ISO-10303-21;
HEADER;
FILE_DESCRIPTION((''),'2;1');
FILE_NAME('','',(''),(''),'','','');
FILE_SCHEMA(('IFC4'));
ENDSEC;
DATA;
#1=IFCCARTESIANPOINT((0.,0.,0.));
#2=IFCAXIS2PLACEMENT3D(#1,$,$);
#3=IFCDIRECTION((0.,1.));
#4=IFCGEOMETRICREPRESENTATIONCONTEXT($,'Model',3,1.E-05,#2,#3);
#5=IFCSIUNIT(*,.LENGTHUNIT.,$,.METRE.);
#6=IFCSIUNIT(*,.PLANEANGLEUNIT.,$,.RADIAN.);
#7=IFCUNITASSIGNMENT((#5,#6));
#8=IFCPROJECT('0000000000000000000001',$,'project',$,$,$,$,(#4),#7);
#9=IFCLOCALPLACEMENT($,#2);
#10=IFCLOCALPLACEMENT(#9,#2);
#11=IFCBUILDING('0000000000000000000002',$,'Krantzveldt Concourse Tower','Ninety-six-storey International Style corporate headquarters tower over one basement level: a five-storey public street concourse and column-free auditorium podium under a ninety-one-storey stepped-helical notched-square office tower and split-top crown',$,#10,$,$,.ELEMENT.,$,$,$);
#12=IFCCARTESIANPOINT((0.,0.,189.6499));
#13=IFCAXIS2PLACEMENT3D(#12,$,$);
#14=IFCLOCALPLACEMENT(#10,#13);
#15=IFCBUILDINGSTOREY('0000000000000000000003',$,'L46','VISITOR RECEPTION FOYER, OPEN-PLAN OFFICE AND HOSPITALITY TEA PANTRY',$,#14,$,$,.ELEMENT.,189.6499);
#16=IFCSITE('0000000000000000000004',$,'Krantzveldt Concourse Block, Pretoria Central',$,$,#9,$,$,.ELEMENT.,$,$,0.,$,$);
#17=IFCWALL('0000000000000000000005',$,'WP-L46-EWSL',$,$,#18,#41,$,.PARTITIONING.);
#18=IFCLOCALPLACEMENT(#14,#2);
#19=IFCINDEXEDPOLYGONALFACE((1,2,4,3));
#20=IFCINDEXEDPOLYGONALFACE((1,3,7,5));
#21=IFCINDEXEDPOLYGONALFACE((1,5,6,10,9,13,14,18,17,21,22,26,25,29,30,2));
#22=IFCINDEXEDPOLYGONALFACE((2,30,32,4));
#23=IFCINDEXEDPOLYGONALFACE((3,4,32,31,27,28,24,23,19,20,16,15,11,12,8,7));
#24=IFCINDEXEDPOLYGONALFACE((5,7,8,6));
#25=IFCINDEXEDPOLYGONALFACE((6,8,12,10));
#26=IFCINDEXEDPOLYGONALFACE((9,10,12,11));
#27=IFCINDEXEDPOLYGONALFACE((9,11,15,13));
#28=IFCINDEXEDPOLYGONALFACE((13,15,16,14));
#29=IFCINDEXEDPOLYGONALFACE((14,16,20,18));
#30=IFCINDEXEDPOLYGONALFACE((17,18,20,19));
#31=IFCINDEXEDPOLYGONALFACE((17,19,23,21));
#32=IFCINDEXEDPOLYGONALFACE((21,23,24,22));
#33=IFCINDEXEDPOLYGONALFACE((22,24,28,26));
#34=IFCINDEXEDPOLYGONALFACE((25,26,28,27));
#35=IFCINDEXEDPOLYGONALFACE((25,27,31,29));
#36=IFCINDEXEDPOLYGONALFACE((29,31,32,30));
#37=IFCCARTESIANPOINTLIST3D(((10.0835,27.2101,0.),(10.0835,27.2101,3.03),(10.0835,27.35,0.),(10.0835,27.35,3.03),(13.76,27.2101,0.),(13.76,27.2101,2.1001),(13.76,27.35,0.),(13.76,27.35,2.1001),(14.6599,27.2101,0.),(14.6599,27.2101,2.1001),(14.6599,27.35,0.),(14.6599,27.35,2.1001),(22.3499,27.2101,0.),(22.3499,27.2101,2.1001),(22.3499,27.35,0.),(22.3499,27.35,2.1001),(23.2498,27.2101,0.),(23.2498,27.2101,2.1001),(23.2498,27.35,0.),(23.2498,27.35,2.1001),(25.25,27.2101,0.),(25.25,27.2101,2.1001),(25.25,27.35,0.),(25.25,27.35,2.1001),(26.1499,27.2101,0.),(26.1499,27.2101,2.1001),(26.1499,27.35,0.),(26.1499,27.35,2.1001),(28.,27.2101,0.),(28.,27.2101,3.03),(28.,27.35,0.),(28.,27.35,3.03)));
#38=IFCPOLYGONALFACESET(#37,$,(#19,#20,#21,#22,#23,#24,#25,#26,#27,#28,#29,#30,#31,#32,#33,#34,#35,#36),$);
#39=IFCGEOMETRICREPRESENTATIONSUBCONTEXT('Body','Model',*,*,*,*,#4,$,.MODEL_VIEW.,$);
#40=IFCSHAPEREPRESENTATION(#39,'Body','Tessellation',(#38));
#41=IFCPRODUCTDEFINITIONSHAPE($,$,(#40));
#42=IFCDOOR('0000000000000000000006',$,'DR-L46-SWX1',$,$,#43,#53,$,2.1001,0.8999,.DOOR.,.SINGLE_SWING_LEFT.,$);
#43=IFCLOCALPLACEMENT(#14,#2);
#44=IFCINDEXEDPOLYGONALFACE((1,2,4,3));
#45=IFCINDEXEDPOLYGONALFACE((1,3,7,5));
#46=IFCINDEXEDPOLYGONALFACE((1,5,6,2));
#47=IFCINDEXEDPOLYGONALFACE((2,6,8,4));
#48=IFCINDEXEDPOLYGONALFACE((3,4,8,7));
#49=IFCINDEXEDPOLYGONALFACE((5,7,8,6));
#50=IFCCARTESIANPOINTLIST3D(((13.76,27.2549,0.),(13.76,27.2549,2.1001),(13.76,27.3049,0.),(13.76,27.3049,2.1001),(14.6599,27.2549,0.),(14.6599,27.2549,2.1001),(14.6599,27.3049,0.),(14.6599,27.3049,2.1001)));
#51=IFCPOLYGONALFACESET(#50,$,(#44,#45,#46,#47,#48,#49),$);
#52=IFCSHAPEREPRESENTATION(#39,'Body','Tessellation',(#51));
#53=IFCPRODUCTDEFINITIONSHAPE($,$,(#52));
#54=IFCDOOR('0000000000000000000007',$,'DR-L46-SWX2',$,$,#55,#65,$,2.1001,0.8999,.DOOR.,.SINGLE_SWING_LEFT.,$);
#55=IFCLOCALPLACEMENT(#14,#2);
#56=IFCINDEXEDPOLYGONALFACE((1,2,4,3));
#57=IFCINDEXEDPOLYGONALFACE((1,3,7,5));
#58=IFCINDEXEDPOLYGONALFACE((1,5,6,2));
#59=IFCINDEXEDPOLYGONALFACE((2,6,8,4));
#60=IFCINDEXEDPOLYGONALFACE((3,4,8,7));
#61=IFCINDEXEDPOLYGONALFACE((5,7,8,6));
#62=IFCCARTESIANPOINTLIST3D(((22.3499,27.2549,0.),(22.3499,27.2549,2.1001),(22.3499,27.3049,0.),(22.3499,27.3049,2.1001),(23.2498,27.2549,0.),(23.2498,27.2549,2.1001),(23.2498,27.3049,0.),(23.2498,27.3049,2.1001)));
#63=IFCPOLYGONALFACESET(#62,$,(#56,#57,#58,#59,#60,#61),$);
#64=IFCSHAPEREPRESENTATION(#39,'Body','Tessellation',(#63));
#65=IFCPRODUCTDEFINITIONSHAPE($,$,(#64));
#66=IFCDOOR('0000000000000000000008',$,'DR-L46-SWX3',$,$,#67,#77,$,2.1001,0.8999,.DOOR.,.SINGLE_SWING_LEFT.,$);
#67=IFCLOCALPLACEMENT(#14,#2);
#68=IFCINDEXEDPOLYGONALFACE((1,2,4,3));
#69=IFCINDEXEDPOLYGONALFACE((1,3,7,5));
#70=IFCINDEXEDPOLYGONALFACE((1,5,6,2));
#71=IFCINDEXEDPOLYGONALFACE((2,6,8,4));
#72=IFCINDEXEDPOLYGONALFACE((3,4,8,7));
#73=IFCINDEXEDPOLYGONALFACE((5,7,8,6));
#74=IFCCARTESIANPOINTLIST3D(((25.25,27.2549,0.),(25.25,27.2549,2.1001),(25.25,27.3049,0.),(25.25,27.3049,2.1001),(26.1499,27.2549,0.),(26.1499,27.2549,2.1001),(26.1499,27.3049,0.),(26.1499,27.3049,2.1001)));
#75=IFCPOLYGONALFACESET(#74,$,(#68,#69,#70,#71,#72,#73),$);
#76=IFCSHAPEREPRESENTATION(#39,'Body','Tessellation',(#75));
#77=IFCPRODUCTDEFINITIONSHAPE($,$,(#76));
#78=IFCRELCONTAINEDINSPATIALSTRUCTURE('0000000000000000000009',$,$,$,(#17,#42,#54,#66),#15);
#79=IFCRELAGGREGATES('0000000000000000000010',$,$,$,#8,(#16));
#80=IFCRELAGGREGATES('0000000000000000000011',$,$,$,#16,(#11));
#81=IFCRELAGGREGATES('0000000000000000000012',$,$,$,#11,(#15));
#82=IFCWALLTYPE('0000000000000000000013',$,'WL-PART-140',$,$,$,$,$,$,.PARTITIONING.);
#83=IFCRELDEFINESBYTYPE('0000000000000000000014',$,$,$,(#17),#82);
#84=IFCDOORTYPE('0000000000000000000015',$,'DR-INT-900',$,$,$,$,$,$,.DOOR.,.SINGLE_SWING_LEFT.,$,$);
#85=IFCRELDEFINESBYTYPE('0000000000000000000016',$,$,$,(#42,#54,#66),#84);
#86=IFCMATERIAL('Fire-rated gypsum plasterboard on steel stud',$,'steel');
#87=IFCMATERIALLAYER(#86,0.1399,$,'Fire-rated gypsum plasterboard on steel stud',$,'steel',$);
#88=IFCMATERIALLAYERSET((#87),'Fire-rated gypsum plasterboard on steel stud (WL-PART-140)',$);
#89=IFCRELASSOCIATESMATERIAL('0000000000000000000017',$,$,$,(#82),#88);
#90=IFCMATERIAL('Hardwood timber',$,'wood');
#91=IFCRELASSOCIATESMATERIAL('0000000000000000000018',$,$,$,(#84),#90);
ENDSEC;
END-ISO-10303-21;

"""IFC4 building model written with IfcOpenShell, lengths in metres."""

from ifc_helpers import new_model, si_unit, direction, frame, frame_2d, origin, place, context, subcontext, project, spatial, rectangle, extrude, material, layer, layer_set, type_object, element, fill, save


model = new_model("IFC4")

# Units and contexts
model_context = context("Model", 3, precision=1e-05, world=origin(), true_north=direction((0.0, 1.0)))
body_context = subcontext(model_context, "Body", "Model", "MODEL_VIEW")
ifc_project = project(units=[si_unit("LENGTHUNIT", "METRE"), si_unit("PLANEANGLEUNIT", "RADIAN")], contexts=[model_context])

# Site, building, storey
site_placement = place(None, origin())
site = spatial("IfcSite", under=ifc_project, at=site_placement, Name="Krantzveldt Concourse Block, Pretoria Central", CompositionType="ELEMENT", RefElevation=0.0)
building_placement = place(site_placement, origin())
building = spatial("IfcBuilding", under=site, at=building_placement, Name="Krantzveldt Concourse Tower", Description="Ninety-six-storey International Style corporate headquarters tower over one basement level: a five-storey public street concourse and column-free auditorium podium under a ninety-one-storey stepped-helical notched-square office tower and split-top crown", CompositionType="ELEMENT")
storey_placement = place(building_placement, frame((0.0, 0.0, 189.6499)))
storey = spatial("IfcBuildingStorey", under=building, at=storey_placement, Name="L46", Description="VISITOR RECEPTION FOYER, OPEN-PLAN OFFICE AND HOSPITALITY TEA PANTRY", CompositionType="ELEMENT", Elevation=189.6499)

# Shared definitions
ifc_material_1 = material(Name="Fire-rated gypsum plasterboard on steel stud", Category="steel")

# Wall, openings, doors
ifc_layer_1 = layer(ifc_material_1, 0.1399, Name="Fire-rated gypsum plasterboard on steel stud", Category="steel")
ifc_layer_set_1 = layer_set([ifc_layer_1], Name="Fire-rated gypsum plasterboard on steel stud (WL-PART-140)")
wall_type_1 = type_object("IfcWallType", Name="WL-PART-140", PredefinedType="PARTITIONING", material=ifc_layer_set_1)
ifc_material_2 = material(Name="Hardwood timber", Category="wood")
door_type = type_object("IfcDoorType", Name="DR-INT-900", OperationType="SINGLE_SWING_LEFT", PredefinedType="DOOR", material=ifc_material_2)
wall_1_placement = place(storey_placement, frame((10.0835, 27.28, 0.0), z_axis=(0.0, 0.0, 1.0), x_axis=(1.0, 0.0, 0.0)))
wall_1 = element("IfcWall", 1, at=wall_1_placement, inside=storey, type_object=wall_type_1, Name="WP-L46-EWSL", PredefinedType="PARTITIONING", context=body_context, shape_type="SweptSolid", body=[
    extrude(rectangle(XDim=17.9165, YDim=0.1399, at=frame_2d((8.9583, 0.0))), origin(), (0.0, 0.0, 1.0), 3.03),
])
opening_1_placement = place(wall_1_placement, frame((3.6765, 0.0, 0.0)))
opening_1 = element("IfcOpeningElement", 2, at=opening_1_placement, cuts=wall_1, PredefinedType="OPENING", context=body_context, shape_type="SweptSolid", body=[
    extrude(rectangle(XDim=0.8999, YDim=2.1001, at=frame_2d((0.45, 1.05))), frame((0.0, 0.0801, 0.0), z_axis=(0.0, -1.0, 0.0), x_axis=(1.0, 0.0, 0.0)), (0.0, 0.0, 1.0), 0.1599),
])
opening_2_placement = place(wall_1_placement, frame((12.2664, 0.0, 0.0)))
opening_2 = element("IfcOpeningElement", 3, at=opening_2_placement, cuts=wall_1, PredefinedType="OPENING", context=body_context, shape_type="SweptSolid", body=[
    extrude(rectangle(XDim=0.8999, YDim=2.1001, at=frame_2d((0.45, 1.05))), frame((0.0, 0.0801, 0.0), z_axis=(0.0, -1.0, 0.0), x_axis=(1.0, 0.0, 0.0)), (0.0, 0.0, 1.0), 0.1599),
])
opening_3_placement = place(wall_1_placement, frame((15.1665, 0.0, 0.0)))
opening_3 = element("IfcOpeningElement", 4, at=opening_3_placement, cuts=wall_1, PredefinedType="OPENING", context=body_context, shape_type="SweptSolid", body=[
    extrude(rectangle(XDim=0.8999, YDim=2.1001, at=frame_2d((0.45, 1.05))), frame((0.0, 0.0801, 0.0), z_axis=(0.0, -1.0, 0.0), x_axis=(1.0, 0.0, 0.0)), (0.0, 0.0, 1.0), 0.1599),
])
door_1_placement = place(opening_1_placement, origin())
door_1 = element("IfcDoor", 5, at=door_1_placement, inside=storey, type_object=door_type, Name="DR-L46-SWX1", OperationType="SINGLE_SWING_LEFT", OverallHeight=2.1001, OverallWidth=0.8999, PredefinedType="DOOR", context=body_context, shape_type="SweptSolid", body=[
    extrude(rectangle(XDim=0.8999, YDim=2.1001, at=frame_2d((0.45, 1.05))), frame((0.0, 0.0249, 0.0), z_axis=(0.0, -1.0, 0.0), x_axis=(1.0, 0.0, 0.0)), (0.0, 0.0, 1.0), 0.05),
])
fill(opening_1, door_1)
door_2_placement = place(opening_2_placement, origin())
door_2 = element("IfcDoor", 6, at=door_2_placement, inside=storey, type_object=door_type, Name="DR-L46-SWX2", OperationType="SINGLE_SWING_LEFT", OverallHeight=2.1001, OverallWidth=0.8999, PredefinedType="DOOR", context=body_context, shape_type="SweptSolid", body=[
    extrude(rectangle(XDim=0.8999, YDim=2.1001, at=frame_2d((0.45, 1.05))), frame((0.0, 0.0249, 0.0), z_axis=(0.0, -1.0, 0.0), x_axis=(1.0, 0.0, 0.0)), (0.0, 0.0, 1.0), 0.05),
])
fill(opening_2, door_2)
door_3_placement = place(opening_3_placement, origin())
door_3 = element("IfcDoor", 7, at=door_3_placement, inside=storey, type_object=door_type, Name="DR-L46-SWX3", OperationType="SINGLE_SWING_LEFT", OverallHeight=2.1001, OverallWidth=0.8999, PredefinedType="DOOR", context=body_context, shape_type="SweptSolid", body=[
    extrude(rectangle(XDim=0.8999, YDim=2.1001, at=frame_2d((0.45, 1.05))), frame((0.0, 0.0249, 0.0), z_axis=(0.0, -1.0, 0.0), x_axis=(1.0, 0.0, 0.0)), (0.0, 0.0, 1.0), 0.05),
])
fill(opening_3, door_3)

save(model, "model.ifc")
